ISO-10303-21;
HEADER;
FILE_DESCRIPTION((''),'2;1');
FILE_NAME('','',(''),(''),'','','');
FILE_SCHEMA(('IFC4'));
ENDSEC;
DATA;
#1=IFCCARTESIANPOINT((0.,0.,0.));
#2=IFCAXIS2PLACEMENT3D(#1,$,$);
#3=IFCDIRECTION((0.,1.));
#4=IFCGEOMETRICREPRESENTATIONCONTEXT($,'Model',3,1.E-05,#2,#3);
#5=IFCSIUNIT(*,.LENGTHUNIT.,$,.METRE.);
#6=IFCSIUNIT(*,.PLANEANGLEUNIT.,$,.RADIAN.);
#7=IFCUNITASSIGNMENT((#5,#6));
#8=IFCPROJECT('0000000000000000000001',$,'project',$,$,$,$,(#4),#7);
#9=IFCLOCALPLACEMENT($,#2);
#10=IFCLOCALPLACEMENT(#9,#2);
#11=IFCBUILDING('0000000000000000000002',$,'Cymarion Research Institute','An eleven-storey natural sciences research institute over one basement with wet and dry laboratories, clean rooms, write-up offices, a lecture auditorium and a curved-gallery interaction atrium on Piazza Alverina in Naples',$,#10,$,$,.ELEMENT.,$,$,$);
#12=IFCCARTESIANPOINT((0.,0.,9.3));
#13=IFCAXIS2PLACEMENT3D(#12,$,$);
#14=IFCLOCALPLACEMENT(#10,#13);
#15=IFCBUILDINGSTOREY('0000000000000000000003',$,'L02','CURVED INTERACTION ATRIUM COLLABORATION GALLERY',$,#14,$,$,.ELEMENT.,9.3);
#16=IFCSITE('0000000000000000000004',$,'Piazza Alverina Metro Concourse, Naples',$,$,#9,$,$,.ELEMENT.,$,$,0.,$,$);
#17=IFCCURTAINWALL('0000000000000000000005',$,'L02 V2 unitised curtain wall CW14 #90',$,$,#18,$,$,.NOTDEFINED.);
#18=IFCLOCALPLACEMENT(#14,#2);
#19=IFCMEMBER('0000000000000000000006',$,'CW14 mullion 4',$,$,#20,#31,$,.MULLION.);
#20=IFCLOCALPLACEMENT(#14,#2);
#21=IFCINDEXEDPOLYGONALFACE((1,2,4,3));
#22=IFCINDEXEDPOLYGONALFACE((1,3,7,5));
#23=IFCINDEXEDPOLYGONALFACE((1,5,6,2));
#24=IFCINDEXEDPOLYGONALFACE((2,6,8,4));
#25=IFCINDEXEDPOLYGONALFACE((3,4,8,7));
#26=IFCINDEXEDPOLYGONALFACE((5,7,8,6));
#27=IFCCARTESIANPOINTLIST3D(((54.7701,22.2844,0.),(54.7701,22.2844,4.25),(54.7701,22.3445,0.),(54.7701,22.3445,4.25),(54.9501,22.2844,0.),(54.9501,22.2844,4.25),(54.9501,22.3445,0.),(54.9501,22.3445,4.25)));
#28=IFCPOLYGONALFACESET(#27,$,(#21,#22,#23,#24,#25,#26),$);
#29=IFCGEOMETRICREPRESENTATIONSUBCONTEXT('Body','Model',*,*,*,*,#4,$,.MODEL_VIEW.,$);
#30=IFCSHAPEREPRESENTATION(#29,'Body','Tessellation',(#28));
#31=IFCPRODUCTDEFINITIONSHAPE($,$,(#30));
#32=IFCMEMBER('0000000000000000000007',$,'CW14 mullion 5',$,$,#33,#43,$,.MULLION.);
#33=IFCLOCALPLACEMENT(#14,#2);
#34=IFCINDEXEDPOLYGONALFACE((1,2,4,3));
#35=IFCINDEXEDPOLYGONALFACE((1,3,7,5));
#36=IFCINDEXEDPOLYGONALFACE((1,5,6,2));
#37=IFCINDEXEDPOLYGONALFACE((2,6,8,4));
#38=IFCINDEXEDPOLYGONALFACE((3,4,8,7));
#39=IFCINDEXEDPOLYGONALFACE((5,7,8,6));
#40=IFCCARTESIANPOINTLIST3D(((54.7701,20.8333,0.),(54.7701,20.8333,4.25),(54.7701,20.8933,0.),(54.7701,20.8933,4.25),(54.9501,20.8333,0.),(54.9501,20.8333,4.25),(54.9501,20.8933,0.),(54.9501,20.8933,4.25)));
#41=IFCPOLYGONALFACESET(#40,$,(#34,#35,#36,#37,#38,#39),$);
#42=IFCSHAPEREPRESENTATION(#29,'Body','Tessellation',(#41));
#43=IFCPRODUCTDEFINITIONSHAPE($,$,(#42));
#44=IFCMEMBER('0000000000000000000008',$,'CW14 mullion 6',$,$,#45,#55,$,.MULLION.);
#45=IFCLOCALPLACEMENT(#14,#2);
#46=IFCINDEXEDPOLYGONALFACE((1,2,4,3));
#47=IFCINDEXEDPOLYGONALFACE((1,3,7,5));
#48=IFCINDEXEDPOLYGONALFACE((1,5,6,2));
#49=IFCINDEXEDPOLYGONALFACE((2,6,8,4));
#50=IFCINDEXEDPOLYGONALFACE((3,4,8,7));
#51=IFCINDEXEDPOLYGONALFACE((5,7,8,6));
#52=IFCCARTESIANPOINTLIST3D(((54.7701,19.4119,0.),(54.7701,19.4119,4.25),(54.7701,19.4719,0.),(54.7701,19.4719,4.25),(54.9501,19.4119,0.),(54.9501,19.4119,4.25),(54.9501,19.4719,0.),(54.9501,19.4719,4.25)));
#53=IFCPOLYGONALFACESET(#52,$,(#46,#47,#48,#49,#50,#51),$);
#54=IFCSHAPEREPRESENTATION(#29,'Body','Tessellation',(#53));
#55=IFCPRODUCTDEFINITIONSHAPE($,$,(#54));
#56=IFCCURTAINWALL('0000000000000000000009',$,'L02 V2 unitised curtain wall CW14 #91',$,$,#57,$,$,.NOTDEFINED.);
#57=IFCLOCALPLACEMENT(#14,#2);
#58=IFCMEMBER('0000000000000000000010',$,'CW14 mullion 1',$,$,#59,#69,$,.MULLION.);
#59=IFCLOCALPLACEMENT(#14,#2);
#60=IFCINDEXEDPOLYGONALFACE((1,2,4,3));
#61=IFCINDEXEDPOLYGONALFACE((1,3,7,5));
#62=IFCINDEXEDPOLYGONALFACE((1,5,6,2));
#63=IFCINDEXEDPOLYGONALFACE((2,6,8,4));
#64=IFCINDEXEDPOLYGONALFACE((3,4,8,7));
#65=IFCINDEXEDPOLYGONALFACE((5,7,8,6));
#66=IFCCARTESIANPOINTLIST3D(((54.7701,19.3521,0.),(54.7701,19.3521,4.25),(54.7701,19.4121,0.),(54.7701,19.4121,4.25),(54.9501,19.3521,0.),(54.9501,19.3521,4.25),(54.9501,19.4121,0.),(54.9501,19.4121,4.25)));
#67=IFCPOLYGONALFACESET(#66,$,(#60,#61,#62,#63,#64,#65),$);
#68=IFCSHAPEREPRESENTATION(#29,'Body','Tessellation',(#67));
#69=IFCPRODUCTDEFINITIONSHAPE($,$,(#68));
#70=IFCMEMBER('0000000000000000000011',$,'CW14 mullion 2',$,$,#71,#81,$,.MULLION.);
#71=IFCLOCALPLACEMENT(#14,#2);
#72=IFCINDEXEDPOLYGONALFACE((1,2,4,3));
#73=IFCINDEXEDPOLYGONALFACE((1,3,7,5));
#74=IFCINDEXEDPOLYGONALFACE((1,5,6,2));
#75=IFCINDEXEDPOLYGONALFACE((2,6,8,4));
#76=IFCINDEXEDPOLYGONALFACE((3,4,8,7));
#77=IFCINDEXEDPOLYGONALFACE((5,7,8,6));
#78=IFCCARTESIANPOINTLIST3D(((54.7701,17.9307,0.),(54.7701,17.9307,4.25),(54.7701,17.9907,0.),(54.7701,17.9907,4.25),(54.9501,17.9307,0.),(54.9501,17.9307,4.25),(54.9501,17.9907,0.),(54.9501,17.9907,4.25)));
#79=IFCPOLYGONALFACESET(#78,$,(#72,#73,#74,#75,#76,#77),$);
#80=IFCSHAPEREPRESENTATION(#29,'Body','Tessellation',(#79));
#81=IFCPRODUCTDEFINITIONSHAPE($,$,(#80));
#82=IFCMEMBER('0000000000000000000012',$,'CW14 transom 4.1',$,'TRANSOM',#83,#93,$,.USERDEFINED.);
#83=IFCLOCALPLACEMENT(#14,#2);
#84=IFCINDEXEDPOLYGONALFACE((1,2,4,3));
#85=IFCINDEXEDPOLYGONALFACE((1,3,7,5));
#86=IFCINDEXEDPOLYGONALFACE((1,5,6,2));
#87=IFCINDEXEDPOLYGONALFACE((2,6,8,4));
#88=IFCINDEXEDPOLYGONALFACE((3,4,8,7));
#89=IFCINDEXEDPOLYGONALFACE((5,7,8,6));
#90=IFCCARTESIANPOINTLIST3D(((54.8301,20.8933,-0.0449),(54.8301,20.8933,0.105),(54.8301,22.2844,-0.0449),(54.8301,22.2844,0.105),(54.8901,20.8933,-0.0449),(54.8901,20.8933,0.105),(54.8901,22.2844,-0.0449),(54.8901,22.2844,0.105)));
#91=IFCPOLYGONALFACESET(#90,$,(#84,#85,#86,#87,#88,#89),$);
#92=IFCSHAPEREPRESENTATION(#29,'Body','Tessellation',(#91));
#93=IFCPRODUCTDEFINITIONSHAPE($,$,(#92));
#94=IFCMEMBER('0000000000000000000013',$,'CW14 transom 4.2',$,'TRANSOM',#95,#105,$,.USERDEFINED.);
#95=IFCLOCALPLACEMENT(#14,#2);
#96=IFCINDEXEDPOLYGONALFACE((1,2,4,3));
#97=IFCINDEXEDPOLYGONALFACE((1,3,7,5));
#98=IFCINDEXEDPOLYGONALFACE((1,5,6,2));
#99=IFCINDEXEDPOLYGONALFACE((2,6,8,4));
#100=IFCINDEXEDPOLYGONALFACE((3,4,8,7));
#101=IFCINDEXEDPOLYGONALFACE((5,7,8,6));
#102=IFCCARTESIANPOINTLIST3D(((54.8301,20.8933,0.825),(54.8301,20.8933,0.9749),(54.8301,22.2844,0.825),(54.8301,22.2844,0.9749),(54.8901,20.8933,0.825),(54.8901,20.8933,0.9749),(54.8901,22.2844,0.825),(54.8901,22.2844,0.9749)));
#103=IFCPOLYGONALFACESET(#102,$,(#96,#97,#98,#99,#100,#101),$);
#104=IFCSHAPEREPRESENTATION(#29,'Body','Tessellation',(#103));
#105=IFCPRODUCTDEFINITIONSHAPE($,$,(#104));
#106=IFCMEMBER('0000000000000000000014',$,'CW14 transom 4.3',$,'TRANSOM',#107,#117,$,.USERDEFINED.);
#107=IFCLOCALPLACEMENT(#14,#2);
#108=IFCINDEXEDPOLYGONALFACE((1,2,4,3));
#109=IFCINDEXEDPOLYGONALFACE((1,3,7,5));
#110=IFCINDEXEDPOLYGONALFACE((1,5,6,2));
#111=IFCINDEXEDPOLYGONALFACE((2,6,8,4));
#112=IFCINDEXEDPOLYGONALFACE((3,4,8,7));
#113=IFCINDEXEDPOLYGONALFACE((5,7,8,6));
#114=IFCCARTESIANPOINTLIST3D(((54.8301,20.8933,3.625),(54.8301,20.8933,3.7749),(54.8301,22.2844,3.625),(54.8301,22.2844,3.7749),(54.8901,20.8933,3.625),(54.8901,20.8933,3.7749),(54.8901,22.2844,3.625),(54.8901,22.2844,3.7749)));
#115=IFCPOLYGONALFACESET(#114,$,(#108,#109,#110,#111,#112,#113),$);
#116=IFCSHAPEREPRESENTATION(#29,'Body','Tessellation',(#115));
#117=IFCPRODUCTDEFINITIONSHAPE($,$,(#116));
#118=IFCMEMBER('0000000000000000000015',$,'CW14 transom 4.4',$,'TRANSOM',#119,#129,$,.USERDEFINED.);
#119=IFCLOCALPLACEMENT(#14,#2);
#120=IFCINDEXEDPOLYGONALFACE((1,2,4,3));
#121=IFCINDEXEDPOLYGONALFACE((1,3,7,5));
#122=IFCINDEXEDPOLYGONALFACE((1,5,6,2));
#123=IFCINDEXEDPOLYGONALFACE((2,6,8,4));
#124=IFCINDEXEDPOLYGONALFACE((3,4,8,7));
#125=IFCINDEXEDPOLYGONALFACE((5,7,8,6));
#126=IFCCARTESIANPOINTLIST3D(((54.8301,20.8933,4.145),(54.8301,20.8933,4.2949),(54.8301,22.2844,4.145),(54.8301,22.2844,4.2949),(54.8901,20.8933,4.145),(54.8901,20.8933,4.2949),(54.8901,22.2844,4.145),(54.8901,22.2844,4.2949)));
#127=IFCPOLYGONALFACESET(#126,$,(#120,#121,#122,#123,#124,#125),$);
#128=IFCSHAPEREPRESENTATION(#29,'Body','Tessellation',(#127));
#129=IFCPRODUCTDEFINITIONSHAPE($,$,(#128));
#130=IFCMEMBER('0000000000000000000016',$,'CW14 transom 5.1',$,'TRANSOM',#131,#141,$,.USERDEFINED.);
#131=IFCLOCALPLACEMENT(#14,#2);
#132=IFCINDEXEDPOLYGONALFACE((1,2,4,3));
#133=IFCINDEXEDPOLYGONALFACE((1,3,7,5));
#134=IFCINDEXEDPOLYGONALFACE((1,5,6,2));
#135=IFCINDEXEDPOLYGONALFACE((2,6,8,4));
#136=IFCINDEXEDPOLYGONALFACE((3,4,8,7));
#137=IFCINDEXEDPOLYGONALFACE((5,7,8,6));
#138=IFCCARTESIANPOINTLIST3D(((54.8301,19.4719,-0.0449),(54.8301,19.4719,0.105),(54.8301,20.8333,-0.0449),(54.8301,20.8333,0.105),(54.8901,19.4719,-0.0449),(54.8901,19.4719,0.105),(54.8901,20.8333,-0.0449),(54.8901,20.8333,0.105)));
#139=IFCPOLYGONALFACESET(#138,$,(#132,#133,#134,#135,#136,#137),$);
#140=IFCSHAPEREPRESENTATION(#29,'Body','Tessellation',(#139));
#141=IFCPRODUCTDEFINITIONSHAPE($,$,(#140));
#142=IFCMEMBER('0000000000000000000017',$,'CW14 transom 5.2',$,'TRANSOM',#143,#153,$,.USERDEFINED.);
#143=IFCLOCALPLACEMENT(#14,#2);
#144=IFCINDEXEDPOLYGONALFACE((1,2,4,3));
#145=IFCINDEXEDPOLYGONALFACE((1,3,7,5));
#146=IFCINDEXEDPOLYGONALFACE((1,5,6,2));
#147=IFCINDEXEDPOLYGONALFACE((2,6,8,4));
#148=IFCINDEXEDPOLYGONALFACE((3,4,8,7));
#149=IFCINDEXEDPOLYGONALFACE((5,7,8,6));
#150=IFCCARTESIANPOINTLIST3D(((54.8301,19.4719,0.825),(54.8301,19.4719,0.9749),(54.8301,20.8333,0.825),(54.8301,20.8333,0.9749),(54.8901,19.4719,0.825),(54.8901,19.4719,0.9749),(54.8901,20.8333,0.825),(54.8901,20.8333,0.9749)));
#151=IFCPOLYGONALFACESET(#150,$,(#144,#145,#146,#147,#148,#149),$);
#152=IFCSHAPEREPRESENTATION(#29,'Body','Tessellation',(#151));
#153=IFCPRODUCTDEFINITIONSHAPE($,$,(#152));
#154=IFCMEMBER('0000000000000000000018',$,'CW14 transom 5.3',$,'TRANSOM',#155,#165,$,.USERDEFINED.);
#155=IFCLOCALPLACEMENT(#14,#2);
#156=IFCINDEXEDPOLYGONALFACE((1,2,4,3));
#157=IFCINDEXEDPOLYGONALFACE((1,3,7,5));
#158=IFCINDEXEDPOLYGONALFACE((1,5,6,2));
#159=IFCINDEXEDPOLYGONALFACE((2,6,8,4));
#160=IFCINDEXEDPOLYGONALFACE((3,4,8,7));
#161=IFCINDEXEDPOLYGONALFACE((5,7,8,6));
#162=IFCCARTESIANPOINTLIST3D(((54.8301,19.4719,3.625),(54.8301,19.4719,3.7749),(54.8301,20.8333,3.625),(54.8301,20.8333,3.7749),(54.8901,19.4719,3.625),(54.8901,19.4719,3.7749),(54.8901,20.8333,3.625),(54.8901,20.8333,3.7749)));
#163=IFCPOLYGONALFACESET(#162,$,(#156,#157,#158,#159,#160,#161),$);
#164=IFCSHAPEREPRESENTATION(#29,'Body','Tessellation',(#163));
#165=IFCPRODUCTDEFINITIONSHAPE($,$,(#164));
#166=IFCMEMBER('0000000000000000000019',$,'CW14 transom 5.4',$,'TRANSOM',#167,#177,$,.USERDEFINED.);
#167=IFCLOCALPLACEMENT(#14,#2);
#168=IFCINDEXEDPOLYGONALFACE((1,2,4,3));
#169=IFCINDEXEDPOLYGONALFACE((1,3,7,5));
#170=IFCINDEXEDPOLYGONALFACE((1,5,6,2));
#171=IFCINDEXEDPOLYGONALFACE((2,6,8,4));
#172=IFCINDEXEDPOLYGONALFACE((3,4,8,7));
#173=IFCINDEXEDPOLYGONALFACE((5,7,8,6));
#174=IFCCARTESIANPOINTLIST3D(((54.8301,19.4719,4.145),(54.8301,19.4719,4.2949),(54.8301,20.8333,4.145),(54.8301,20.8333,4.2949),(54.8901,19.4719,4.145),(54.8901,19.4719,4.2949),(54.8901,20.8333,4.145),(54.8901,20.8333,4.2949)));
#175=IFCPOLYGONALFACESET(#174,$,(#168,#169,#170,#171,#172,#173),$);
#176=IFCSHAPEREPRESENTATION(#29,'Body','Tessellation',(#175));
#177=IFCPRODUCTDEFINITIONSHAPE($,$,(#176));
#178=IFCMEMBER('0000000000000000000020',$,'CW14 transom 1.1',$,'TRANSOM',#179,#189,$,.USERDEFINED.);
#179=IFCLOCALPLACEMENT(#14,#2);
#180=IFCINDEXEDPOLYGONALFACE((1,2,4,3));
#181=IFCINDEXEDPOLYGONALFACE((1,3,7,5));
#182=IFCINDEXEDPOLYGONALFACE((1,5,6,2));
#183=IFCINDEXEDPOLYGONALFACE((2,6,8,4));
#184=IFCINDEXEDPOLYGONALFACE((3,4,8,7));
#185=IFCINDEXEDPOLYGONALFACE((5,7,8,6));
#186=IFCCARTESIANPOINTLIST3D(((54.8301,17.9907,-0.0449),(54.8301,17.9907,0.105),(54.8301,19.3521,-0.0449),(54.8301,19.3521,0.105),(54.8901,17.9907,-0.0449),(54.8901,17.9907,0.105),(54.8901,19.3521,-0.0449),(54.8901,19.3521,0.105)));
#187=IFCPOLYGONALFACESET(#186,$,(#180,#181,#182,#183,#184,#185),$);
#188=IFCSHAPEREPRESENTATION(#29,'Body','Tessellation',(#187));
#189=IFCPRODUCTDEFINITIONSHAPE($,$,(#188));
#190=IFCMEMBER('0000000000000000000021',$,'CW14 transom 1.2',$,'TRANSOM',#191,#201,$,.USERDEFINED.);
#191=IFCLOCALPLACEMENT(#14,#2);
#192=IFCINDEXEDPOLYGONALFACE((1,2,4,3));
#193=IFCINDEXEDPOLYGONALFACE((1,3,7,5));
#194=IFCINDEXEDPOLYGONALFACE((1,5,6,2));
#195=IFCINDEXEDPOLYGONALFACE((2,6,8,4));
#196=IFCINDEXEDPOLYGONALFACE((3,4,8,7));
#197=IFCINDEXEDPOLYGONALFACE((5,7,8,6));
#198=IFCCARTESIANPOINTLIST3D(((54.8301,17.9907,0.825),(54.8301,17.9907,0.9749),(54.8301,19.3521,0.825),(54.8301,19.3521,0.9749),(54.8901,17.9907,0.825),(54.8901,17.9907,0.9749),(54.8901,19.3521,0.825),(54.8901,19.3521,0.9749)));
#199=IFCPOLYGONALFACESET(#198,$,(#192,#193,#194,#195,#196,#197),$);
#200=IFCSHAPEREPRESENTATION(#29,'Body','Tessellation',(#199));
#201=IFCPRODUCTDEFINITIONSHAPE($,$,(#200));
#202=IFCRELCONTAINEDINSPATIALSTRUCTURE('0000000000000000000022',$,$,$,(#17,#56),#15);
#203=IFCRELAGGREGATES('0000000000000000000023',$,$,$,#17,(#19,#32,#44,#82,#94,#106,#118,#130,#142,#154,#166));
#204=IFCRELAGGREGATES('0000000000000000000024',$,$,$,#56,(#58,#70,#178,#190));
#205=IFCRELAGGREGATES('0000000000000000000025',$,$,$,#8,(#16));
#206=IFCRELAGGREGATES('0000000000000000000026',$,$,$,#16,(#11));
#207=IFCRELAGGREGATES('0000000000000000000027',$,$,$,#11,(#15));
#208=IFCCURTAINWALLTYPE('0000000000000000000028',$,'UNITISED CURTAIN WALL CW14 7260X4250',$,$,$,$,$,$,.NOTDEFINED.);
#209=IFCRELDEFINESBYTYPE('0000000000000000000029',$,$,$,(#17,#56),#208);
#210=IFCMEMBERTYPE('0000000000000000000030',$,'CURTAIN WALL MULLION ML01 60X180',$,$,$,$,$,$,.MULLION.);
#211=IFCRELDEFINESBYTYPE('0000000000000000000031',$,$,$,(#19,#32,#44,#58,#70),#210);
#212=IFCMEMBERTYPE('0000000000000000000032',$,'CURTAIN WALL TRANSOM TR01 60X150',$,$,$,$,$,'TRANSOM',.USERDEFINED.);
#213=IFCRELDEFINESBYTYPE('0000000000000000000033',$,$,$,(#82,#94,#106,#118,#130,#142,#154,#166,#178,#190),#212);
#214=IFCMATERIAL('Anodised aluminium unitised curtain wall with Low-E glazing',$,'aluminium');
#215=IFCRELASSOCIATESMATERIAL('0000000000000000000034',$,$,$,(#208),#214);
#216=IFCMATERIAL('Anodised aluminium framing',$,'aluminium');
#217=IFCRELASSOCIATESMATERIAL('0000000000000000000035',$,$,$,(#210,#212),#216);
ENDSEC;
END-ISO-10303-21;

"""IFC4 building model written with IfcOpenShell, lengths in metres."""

from ifc_helpers import new_model, si_unit, direction, frame, origin, origin_2d, place, context, subcontext, project, spatial, rectangle, extrude, material, material_profile, profile_set, type_object, element, aggregate, save


model = new_model("IFC4")

# Units and contexts
model_context = context("Model", 3, precision=1e-05, world=origin(), true_north=direction((0.0, 1.0)))
body_context = subcontext(model_context, "Body", "Model", "MODEL_VIEW")
ifc_project = project(units=[si_unit("LENGTHUNIT", "METRE"), si_unit("PLANEANGLEUNIT", "RADIAN")], contexts=[model_context])

# Site, building, storey
site_placement = place(None, origin())
site = spatial("IfcSite", under=ifc_project, at=site_placement, Name="Piazza Alverina Metro Concourse, Naples", CompositionType="ELEMENT", RefElevation=0.0)
building_placement = place(site_placement, origin())
building = spatial("IfcBuilding", under=site, at=building_placement, Name="Cymarion Research Institute", Description="An eleven-storey natural sciences research institute over one basement with wet and dry laboratories, clean rooms, write-up offices, a lecture auditorium and a curved-gallery interaction atrium on Piazza Alverina in Naples", CompositionType="ELEMENT")
storey_placement = place(building_placement, frame((0.0, 0.0, 9.3)))
storey = spatial("IfcBuildingStorey", under=building, at=storey_placement, Name="L02", Description="CURVED INTERACTION ATRIUM COLLABORATION GALLERY", CompositionType="ELEMENT", Elevation=9.3)

# Curtain walls, members
ifc_material_1 = material(Name="Anodised aluminium unitised curtain wall with Low-E glazing", Category="aluminium")
curtain_wall_type = type_object("IfcCurtainWallType", Name="UNITISED CURTAIN WALL CW14 7260X4250", PredefinedType="NOTDEFINED", material=ifc_material_1)
curtain_wall_1_placement = place(storey_placement, origin())
curtain_wall_1 = element("IfcCurtainWall", 1, at=curtain_wall_1_placement, inside=storey, type_object=curtain_wall_type, Name="L02 V2 unitised curtain wall CW14 #90", PredefinedType="NOTDEFINED")
ifc_material_2 = material(Name="Anodised aluminium framing", Category="aluminium")
ifc_material_profile_1 = material_profile(ifc_material_2, rectangle(XDim=0.0601, YDim=0.1799, at=origin_2d()), Name="ALU MULLION 60x180")
ifc_profile_set_1 = profile_set([ifc_material_profile_1], Name="Anodised aluminium framing")
member_type_1 = type_object("IfcMemberType", Name="CURTAIN WALL MULLION ML01 60X180", PredefinedType="MULLION", material=ifc_profile_set_1)
member_1_placement = place(storey_placement, frame((54.8601, 22.3145, 0.0), z_axis=(0.0, 0.0, 1.0), x_axis=(0.0, -1.0, 0.0)))
member_1 = element("IfcMember", 2, at=member_1_placement, type_object=member_type_1, Name="CW14 mullion 4", PredefinedType="MULLION", context=body_context, shape_type="SweptSolid", body=[
    extrude(rectangle(XDim=0.0601, YDim=0.1799, at=origin_2d()), origin(), (0.0, 0.0, 1.0), 4.25),
])
member_2_placement = place(storey_placement, frame((54.8601, 20.8633, 0.0), z_axis=(0.0, 0.0, 1.0), x_axis=(0.0, -1.0, 0.0)))
member_2 = element("IfcMember", 3, at=member_2_placement, type_object=member_type_1, Name="CW14 mullion 5", PredefinedType="MULLION", context=body_context, shape_type="SweptSolid", body=[
    extrude(rectangle(XDim=0.0601, YDim=0.1799, at=origin_2d()), origin(), (0.0, 0.0, 1.0), 4.25),
])
member_3_placement = place(storey_placement, frame((54.8601, 19.4419, 0.0), z_axis=(0.0, 0.0, 1.0), x_axis=(0.0, -1.0, 0.0)))
member_3 = element("IfcMember", 4, at=member_3_placement, type_object=member_type_1, Name="CW14 mullion 6", PredefinedType="MULLION", context=body_context, shape_type="SweptSolid", body=[
    extrude(rectangle(XDim=0.0601, YDim=0.1799, at=origin_2d()), origin(), (0.0, 0.0, 1.0), 4.25),
])
curtain_wall_2_placement = place(storey_placement, origin())
curtain_wall_2 = element("IfcCurtainWall", 5, at=curtain_wall_2_placement, inside=storey, type_object=curtain_wall_type, Name="L02 V2 unitised curtain wall CW14 #91", PredefinedType="NOTDEFINED")
member_4_placement = place(storey_placement, frame((54.8601, 19.3821, 0.0), z_axis=(0.0, 0.0, 1.0), x_axis=(0.0, -1.0, 0.0)))
member_4 = element("IfcMember", 6, at=member_4_placement, type_object=member_type_1, Name="CW14 mullion 1", PredefinedType="MULLION", context=body_context, shape_type="SweptSolid", body=[
    extrude(rectangle(XDim=0.0601, YDim=0.1799, at=origin_2d()), origin(), (0.0, 0.0, 1.0), 4.25),
])
member_5_placement = place(storey_placement, frame((54.8601, 17.9607, 0.0), z_axis=(0.0, 0.0, 1.0), x_axis=(0.0, -1.0, 0.0)))
member_5 = element("IfcMember", 7, at=member_5_placement, type_object=member_type_1, Name="CW14 mullion 2", PredefinedType="MULLION", context=body_context, shape_type="SweptSolid", body=[
    extrude(rectangle(XDim=0.0601, YDim=0.1799, at=origin_2d()), origin(), (0.0, 0.0, 1.0), 4.25),
])

# Members
ifc_material_profile_2 = material_profile(ifc_material_2, rectangle(XDim=0.0601, YDim=0.1499, at=origin_2d()), Name="ALU TRANSOM 60x150")
ifc_profile_set_2 = profile_set([ifc_material_profile_2], Name="Anodised aluminium framing")
member_type_2 = type_object("IfcMemberType", Name="CURTAIN WALL TRANSOM TR01 60X150", ElementType="TRANSOM", PredefinedType="USERDEFINED", material=ifc_profile_set_2)
member_6_placement = place(storey_placement, frame((54.8601, 22.2844, 0.03), z_axis=(0.0, -1.0, 0.0), x_axis=(1.0, 0.0, 0.0)))
member_6 = element("IfcMember", 8, at=member_6_placement, type_object=member_type_2, Name="CW14 transom 4.1", ObjectType="TRANSOM", PredefinedType="USERDEFINED", context=body_context, shape_type="SweptSolid", body=[
    extrude(rectangle(XDim=0.0601, YDim=0.1499, at=origin_2d()), origin(), (0.0, 0.0, 1.0), 1.3911),
])
member_7_placement = place(storey_placement, frame((54.8601, 22.2844, 0.8999), z_axis=(0.0, -1.0, 0.0), x_axis=(1.0, 0.0, 0.0)))
member_7 = element("IfcMember", 9, at=member_7_placement, type_object=member_type_2, Name="CW14 transom 4.2", ObjectType="TRANSOM", PredefinedType="USERDEFINED", context=body_context, shape_type="SweptSolid", body=[
    extrude(rectangle(XDim=0.0601, YDim=0.1499, at=origin_2d()), origin(), (0.0, 0.0, 1.0), 1.3911),
])
member_8_placement = place(storey_placement, frame((54.8601, 22.2844, 3.7), z_axis=(0.0, -1.0, 0.0), x_axis=(1.0, 0.0, 0.0)))
member_8 = element("IfcMember", 10, at=member_8_placement, type_object=member_type_2, Name="CW14 transom 4.3", ObjectType="TRANSOM", PredefinedType="USERDEFINED", context=body_context, shape_type="SweptSolid", body=[
    extrude(rectangle(XDim=0.0601, YDim=0.1499, at=origin_2d()), origin(), (0.0, 0.0, 1.0), 1.3911),
])
member_9_placement = place(storey_placement, frame((54.8601, 22.2844, 4.22), z_axis=(0.0, -1.0, 0.0), x_axis=(1.0, 0.0, 0.0)))
member_9 = element("IfcMember", 11, at=member_9_placement, type_object=member_type_2, Name="CW14 transom 4.4", ObjectType="TRANSOM", PredefinedType="USERDEFINED", context=body_context, shape_type="SweptSolid", body=[
    extrude(rectangle(XDim=0.0601, YDim=0.1499, at=origin_2d()), origin(), (0.0, 0.0, 1.0), 1.3911),
])
member_10_placement = place(storey_placement, frame((54.8601, 20.8333, 0.03), z_axis=(0.0, -1.0, 0.0), x_axis=(1.0, 0.0, 0.0)))
member_10 = element("IfcMember", 12, at=member_10_placement, type_object=member_type_2, Name="CW14 transom 5.1", ObjectType="TRANSOM", PredefinedType="USERDEFINED", context=body_context, shape_type="SweptSolid", body=[
    extrude(rectangle(XDim=0.0601, YDim=0.1499, at=origin_2d()), origin(), (0.0, 0.0, 1.0), 1.3613),
])
member_11_placement = place(storey_placement, frame((54.8601, 20.8333, 0.8999), z_axis=(0.0, -1.0, 0.0), x_axis=(1.0, 0.0, 0.0)))
member_11 = element("IfcMember", 13, at=member_11_placement, type_object=member_type_2, Name="CW14 transom 5.2", ObjectType="TRANSOM", PredefinedType="USERDEFINED", context=body_context, shape_type="SweptSolid", body=[
    extrude(rectangle(XDim=0.0601, YDim=0.1499, at=origin_2d()), origin(), (0.0, 0.0, 1.0), 1.3613),
])
member_12_placement = place(storey_placement, frame((54.8601, 20.8333, 3.7), z_axis=(0.0, -1.0, 0.0), x_axis=(1.0, 0.0, 0.0)))
member_12 = element("IfcMember", 14, at=member_12_placement, type_object=member_type_2, Name="CW14 transom 5.3", ObjectType="TRANSOM", PredefinedType="USERDEFINED", context=body_context, shape_type="SweptSolid", body=[
    extrude(rectangle(XDim=0.0601, YDim=0.1499, at=origin_2d()), origin(), (0.0, 0.0, 1.0), 1.3613),
])
member_13_placement = place(storey_placement, frame((54.8601, 20.8333, 4.22), z_axis=(0.0, -1.0, 0.0), x_axis=(1.0, 0.0, 0.0)))
member_13 = element("IfcMember", 15, at=member_13_placement, type_object=member_type_2, Name="CW14 transom 5.4", ObjectType="TRANSOM", PredefinedType="USERDEFINED", context=body_context, shape_type="SweptSolid", body=[
    extrude(rectangle(XDim=0.0601, YDim=0.1499, at=origin_2d()), origin(), (0.0, 0.0, 1.0), 1.3613),
])
member_14_placement = place(storey_placement, frame((54.8601, 19.3521, 0.03), z_axis=(0.0, -1.0, 0.0), x_axis=(1.0, 0.0, 0.0)))
member_14 = element("IfcMember", 16, at=member_14_placement, type_object=member_type_2, Name="CW14 transom 1.1", ObjectType="TRANSOM", PredefinedType="USERDEFINED", context=body_context, shape_type="SweptSolid", body=[
    extrude(rectangle(XDim=0.0601, YDim=0.1499, at=origin_2d()), origin(), (0.0, 0.0, 1.0), 1.3613),
])
member_15_placement = place(storey_placement, frame((54.8601, 19.3521, 0.8999), z_axis=(0.0, -1.0, 0.0), x_axis=(1.0, 0.0, 0.0)))
member_15 = element("IfcMember", 17, at=member_15_placement, type_object=member_type_2, Name="CW14 transom 1.2", ObjectType="TRANSOM", PredefinedType="USERDEFINED", context=body_context, shape_type="SweptSolid", body=[
    extrude(rectangle(XDim=0.0601, YDim=0.1499, at=origin_2d()), origin(), (0.0, 0.0, 1.0), 1.3613),
])

aggregate(curtain_wall_1, [member_1, member_2, member_3, member_6, member_7, member_8, member_9, member_10, member_11, member_12, member_13])
aggregate(curtain_wall_2, [member_4, member_5, member_14, member_15])

save(model, "model.ifc")
